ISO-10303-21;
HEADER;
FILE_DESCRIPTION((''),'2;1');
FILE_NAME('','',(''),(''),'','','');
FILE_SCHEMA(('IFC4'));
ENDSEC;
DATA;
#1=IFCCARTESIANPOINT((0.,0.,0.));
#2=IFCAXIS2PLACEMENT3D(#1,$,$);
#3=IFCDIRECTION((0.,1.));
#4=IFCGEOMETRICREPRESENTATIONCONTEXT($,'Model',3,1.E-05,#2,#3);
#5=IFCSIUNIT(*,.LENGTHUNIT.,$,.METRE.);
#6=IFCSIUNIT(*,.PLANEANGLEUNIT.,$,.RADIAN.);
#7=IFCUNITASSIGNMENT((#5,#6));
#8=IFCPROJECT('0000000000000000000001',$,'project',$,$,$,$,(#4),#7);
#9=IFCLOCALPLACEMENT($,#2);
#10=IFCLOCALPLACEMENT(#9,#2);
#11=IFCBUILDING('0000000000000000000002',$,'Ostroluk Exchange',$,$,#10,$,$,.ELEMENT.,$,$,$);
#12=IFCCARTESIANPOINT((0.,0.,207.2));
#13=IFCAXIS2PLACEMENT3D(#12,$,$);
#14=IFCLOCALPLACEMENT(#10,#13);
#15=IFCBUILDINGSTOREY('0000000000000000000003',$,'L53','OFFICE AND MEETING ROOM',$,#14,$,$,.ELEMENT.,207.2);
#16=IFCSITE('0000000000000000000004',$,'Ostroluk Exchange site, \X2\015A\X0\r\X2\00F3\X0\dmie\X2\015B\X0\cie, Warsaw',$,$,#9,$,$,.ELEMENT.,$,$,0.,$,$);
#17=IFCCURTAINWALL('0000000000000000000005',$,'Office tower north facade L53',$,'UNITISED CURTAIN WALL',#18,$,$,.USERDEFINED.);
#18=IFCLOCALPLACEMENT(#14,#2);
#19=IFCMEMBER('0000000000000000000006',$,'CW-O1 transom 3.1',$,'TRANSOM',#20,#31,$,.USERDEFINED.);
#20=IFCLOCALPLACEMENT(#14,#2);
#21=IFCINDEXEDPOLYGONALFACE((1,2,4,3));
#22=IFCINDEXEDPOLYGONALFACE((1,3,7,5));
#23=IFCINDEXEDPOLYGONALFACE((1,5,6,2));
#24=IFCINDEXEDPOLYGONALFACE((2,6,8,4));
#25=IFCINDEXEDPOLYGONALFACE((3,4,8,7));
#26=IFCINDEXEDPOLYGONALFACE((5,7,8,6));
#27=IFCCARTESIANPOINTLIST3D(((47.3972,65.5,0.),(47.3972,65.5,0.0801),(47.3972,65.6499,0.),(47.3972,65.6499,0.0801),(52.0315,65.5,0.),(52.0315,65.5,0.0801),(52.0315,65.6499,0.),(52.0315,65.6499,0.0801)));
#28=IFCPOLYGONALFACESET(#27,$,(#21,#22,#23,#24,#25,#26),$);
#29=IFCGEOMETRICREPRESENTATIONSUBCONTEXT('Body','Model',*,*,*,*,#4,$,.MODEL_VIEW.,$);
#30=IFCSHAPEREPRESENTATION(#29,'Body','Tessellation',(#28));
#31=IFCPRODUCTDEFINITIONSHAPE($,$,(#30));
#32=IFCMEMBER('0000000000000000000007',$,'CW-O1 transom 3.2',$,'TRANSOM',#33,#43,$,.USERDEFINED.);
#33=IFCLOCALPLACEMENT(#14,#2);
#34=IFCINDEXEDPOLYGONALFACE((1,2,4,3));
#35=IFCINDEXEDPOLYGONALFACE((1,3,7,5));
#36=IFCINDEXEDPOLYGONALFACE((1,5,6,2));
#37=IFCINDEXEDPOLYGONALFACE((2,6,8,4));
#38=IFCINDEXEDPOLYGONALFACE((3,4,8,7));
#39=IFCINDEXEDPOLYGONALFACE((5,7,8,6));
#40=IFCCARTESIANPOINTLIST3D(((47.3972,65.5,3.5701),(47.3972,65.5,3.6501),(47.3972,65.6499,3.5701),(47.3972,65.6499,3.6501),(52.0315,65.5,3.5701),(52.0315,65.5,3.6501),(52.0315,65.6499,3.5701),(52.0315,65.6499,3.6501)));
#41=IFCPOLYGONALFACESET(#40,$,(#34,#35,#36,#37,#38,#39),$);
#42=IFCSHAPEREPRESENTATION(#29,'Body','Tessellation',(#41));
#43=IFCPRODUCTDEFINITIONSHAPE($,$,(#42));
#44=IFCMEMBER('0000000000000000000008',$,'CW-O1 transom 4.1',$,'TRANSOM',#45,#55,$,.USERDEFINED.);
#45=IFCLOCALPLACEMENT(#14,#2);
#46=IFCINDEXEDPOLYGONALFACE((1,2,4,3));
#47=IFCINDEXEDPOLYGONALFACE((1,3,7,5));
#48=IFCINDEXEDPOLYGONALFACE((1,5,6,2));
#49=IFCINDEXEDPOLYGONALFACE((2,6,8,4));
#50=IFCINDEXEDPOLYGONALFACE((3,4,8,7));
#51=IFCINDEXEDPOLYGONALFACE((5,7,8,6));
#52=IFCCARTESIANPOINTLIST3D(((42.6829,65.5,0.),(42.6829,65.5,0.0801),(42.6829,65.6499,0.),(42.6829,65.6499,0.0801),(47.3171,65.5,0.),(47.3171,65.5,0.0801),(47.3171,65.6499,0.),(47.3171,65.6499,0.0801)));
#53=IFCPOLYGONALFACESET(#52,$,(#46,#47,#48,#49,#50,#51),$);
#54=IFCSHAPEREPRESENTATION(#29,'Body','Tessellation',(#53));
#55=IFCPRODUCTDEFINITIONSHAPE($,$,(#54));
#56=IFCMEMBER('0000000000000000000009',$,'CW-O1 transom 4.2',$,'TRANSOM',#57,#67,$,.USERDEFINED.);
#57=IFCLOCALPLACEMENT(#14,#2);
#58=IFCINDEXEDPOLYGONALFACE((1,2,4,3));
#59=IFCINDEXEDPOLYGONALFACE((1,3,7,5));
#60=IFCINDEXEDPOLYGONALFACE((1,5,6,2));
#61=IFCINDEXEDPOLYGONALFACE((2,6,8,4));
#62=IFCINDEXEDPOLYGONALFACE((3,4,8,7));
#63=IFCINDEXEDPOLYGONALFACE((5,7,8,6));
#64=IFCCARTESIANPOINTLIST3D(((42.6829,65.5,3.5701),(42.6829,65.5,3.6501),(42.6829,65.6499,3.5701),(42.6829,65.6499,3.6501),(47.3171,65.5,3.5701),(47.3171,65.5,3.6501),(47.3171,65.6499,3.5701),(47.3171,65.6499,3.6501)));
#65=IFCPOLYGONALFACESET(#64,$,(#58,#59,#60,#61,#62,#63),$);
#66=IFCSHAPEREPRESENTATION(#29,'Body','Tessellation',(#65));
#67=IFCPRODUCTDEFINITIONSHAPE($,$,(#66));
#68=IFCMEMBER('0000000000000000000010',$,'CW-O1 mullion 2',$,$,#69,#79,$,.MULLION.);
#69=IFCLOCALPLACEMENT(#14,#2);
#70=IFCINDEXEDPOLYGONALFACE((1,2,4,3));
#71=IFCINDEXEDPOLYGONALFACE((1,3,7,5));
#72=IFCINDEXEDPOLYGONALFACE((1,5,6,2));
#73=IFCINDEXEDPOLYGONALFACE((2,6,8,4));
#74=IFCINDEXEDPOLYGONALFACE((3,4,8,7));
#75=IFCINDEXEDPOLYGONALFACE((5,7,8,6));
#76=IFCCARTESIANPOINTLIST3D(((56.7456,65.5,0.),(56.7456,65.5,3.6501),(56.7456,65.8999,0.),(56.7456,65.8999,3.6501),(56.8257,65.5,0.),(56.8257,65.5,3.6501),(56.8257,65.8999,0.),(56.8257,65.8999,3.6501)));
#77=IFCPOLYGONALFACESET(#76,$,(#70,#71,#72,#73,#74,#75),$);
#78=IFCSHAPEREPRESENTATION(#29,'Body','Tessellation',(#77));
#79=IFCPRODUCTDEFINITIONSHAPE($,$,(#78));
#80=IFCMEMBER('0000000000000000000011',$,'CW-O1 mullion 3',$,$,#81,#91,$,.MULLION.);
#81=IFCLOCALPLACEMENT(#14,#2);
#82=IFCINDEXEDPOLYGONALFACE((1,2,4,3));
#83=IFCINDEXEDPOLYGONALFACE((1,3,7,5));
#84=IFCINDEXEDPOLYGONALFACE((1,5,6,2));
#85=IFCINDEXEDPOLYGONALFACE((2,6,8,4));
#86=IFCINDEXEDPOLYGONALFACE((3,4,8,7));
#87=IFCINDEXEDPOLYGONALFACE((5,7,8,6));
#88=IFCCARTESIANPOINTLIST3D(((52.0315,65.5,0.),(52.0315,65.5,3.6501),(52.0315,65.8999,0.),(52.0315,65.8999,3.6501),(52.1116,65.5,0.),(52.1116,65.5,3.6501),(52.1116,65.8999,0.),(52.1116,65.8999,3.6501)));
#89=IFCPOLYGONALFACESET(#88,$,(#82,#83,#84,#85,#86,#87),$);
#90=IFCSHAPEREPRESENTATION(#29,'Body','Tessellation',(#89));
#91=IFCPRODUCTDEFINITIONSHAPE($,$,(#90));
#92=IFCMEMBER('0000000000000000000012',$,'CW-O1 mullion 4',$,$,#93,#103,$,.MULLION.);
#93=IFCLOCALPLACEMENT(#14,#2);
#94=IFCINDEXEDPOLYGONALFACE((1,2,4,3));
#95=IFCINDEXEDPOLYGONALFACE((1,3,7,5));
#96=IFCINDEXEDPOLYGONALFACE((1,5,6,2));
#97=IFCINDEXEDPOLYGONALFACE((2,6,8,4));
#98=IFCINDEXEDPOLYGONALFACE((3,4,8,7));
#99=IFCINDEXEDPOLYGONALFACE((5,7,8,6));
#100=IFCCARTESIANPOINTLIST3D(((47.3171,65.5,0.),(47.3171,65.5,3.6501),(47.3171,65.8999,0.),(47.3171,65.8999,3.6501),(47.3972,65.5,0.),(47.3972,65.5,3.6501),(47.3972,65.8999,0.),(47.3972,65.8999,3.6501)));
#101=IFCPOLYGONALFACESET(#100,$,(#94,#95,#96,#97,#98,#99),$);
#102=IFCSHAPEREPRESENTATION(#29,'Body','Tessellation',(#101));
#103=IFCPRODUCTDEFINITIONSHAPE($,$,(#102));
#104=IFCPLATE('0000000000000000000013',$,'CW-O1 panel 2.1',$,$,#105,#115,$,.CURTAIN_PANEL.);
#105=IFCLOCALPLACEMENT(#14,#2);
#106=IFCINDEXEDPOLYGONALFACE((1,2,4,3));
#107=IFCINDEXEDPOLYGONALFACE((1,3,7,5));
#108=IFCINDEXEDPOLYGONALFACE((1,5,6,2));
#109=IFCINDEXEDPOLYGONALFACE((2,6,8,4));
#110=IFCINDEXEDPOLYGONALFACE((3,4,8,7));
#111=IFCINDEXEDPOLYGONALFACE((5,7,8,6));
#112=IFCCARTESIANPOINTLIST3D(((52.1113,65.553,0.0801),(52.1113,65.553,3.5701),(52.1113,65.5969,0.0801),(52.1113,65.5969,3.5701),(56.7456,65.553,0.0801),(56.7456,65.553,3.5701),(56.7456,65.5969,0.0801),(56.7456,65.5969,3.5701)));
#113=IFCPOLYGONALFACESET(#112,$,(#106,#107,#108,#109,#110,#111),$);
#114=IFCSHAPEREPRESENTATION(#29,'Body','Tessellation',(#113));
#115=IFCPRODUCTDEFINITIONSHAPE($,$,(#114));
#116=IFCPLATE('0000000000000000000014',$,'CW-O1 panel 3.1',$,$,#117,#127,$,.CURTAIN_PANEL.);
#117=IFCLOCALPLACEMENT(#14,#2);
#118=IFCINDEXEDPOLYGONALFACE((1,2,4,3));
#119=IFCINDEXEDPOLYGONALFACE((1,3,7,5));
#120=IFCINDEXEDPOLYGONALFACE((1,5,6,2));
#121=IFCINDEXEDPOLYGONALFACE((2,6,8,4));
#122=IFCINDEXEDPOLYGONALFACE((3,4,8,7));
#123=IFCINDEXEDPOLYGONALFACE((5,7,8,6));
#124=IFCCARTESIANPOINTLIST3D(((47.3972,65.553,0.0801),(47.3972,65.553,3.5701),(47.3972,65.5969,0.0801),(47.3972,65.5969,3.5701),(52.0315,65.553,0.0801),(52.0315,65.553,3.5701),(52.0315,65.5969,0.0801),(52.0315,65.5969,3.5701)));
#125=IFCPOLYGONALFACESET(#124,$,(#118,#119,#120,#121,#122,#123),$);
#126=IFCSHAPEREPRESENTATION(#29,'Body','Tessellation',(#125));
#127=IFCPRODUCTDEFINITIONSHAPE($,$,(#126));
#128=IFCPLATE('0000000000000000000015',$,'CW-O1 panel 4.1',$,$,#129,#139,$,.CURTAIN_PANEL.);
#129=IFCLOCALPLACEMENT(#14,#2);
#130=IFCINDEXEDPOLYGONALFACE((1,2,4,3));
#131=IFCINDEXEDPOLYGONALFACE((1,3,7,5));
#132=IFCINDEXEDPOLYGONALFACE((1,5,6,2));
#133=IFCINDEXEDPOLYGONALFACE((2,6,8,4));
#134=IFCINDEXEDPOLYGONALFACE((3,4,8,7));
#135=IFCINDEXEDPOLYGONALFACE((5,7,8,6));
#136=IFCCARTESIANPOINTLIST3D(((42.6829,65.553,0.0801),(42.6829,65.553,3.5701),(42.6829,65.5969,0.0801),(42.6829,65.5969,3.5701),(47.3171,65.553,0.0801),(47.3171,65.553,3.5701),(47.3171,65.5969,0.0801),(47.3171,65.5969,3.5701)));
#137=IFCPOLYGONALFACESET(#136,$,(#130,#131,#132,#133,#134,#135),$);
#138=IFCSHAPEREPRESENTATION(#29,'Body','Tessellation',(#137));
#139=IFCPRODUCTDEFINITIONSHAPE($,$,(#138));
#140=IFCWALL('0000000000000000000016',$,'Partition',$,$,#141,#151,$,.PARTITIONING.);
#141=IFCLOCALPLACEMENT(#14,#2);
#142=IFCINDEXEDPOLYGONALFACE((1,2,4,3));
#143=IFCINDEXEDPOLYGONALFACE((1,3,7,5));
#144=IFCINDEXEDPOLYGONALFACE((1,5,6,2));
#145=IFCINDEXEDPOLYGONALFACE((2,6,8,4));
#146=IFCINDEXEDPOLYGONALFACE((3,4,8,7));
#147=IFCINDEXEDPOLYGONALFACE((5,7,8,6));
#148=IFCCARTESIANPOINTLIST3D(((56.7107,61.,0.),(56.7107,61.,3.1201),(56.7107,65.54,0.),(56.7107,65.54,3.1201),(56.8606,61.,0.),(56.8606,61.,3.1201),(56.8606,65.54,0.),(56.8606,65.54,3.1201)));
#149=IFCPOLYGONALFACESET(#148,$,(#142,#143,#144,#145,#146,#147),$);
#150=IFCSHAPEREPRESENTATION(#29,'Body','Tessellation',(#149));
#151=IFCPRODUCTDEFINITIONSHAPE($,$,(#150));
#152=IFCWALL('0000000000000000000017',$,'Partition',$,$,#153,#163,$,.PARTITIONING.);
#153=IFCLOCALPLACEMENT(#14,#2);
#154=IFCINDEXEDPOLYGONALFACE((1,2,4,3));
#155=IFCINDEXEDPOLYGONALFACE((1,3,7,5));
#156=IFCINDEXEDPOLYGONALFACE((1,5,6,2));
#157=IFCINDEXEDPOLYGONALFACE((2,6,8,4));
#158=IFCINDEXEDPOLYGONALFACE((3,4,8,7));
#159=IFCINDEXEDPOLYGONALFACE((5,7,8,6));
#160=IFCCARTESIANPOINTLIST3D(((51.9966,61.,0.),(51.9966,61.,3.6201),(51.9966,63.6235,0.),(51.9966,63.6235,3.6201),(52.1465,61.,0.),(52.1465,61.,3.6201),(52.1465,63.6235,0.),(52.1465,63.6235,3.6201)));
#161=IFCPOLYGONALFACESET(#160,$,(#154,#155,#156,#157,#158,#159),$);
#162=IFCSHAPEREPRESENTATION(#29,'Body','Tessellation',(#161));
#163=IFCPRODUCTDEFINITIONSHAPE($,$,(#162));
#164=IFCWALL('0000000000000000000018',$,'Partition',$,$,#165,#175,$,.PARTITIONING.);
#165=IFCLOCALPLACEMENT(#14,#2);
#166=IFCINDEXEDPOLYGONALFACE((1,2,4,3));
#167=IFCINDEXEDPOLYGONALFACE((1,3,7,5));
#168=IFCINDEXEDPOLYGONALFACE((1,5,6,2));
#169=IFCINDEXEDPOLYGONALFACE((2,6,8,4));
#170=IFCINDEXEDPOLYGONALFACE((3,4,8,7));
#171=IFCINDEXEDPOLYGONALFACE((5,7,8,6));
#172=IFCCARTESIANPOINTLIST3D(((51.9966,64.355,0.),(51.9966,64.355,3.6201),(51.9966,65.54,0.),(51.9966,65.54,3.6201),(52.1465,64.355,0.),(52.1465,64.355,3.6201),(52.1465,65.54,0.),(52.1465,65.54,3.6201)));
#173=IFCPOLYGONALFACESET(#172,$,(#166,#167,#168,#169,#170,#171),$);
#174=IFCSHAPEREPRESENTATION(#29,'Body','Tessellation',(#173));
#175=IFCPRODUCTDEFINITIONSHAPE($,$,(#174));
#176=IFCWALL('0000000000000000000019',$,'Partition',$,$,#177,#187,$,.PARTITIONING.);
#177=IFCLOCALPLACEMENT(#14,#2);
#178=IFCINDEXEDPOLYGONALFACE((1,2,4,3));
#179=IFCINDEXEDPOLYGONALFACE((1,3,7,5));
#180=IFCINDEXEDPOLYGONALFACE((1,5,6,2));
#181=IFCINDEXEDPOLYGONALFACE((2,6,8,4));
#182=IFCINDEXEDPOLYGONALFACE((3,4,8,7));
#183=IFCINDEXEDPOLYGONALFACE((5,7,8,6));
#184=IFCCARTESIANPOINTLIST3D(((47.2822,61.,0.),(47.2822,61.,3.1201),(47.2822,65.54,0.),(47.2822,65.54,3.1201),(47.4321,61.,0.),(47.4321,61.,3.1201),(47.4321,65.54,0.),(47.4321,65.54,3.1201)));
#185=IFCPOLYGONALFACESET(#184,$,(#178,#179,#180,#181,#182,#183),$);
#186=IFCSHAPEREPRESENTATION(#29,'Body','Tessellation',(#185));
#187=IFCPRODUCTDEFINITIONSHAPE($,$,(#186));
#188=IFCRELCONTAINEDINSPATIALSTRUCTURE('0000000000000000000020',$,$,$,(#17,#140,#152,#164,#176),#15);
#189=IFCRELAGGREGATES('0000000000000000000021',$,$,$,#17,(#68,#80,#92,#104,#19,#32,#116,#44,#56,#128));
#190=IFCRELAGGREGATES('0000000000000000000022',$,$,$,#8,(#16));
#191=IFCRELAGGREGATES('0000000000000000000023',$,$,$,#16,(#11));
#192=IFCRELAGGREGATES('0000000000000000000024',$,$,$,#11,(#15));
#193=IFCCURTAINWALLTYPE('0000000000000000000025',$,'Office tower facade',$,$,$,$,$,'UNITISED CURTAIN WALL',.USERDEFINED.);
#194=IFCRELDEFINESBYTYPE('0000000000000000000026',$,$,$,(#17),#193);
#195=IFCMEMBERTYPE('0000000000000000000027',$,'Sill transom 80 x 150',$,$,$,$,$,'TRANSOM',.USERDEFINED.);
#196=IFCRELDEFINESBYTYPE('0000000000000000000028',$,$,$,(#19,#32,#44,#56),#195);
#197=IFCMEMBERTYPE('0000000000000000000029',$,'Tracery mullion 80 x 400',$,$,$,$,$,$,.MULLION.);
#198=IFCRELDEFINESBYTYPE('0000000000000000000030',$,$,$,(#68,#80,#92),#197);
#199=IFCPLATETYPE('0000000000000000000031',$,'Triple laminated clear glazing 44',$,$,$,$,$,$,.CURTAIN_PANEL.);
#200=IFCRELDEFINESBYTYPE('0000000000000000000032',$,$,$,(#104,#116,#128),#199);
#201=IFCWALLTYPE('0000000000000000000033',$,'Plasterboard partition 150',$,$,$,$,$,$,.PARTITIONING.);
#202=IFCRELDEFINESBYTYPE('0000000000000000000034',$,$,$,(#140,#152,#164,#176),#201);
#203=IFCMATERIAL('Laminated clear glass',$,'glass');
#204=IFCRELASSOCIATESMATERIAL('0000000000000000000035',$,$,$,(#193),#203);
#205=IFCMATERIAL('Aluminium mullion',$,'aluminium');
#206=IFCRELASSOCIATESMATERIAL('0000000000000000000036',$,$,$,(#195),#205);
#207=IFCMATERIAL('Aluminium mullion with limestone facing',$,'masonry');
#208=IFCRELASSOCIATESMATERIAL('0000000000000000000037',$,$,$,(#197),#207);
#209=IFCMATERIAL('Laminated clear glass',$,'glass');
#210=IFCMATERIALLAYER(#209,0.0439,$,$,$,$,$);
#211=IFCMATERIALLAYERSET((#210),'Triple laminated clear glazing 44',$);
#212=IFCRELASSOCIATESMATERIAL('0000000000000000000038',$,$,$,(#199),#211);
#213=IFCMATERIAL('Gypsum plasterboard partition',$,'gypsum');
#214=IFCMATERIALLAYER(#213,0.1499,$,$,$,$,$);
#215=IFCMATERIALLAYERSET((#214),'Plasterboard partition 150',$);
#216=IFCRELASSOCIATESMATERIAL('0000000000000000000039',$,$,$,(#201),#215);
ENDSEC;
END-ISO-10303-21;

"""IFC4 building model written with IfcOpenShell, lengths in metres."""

from ifc_helpers import new_model, si_unit, direction, frame, frame_2d, origin, origin_2d, place, context, subcontext, project, spatial, rectangle, extrude, material, layer, layer_set, material_profile, profile_set, type_object, element, aggregate, save


model = new_model("IFC4")

# Units and contexts
model_context = context("Model", 3, precision=1e-05, world=origin(), true_north=direction((0.0, 1.0)))
body_context = subcontext(model_context, "Body", "Model", "MODEL_VIEW")
ifc_project = project(units=[si_unit("LENGTHUNIT", "METRE"), si_unit("PLANEANGLEUNIT", "RADIAN")], contexts=[model_context])

# Site, building, storey
site_placement = place(None, origin())
site = spatial("IfcSite", under=ifc_project, at=site_placement, Name="Ostroluk Exchange site, Śródmieście, Warsaw", CompositionType="ELEMENT", RefElevation=0.0)
building_placement = place(site_placement, origin())
building = spatial("IfcBuilding", under=site, at=building_placement, Name="Ostroluk Exchange", CompositionType="ELEMENT")
storey_placement = place(building_placement, frame((0.0, 0.0, 207.2)))
storey = spatial("IfcBuildingStorey", under=building, at=storey_placement, Name="L53", Description="OFFICE AND MEETING ROOM", CompositionType="ELEMENT", Elevation=207.2)

# Curtain wall, members, plates
ifc_material_1 = material(Name="Laminated clear glass", Category="glass")
curtain_wall_type = type_object("IfcCurtainWallType", Name="Office tower facade", ElementType="UNITISED CURTAIN WALL", PredefinedType="USERDEFINED", material=ifc_material_1)
curtain_wall_placement = place(storey_placement, origin())
curtain_wall = element("IfcCurtainWall", 1, at=curtain_wall_placement, inside=storey, type_object=curtain_wall_type, Name="Office tower north facade L53", ObjectType="UNITISED CURTAIN WALL", PredefinedType="USERDEFINED")
ifc_material_2 = material(Name="Aluminium mullion", Category="aluminium")
ifc_material_profile_1 = material_profile(ifc_material_2, rectangle(XDim=0.1499, YDim=0.0801, at=origin_2d()), Name="Sill transom 80 x 150")
ifc_profile_set_1 = profile_set([ifc_material_profile_1], Name="Aluminium mullion")
member_type_1 = type_object("IfcMemberType", Name="Sill transom 80 x 150", ElementType="TRANSOM", PredefinedType="USERDEFINED", material=ifc_profile_set_1)
member_1_placement = place(storey_placement, frame((52.0315, 65.575, 0.04), z_axis=(-1.0, 0.0, 0.0), x_axis=(0.0, -1.0, 0.0)))
member_1 = element("IfcMember", 2, at=member_1_placement, type_object=member_type_1, Name="CW-O1 transom 3.1", ObjectType="TRANSOM", PredefinedType="USERDEFINED", context=body_context, shape_type="SweptSolid", body=[
    extrude(rectangle(XDim=0.1499, YDim=0.0801, at=origin_2d()), origin(), (0.0, 0.0, 1.0), 4.6343),
])
member_2_placement = place(storey_placement, frame((52.0315, 65.575, 3.6101), z_axis=(-1.0, 0.0, 0.0), x_axis=(0.0, -1.0, 0.0)))
member_2 = element("IfcMember", 3, at=member_2_placement, type_object=member_type_1, Name="CW-O1 transom 3.2", ObjectType="TRANSOM", PredefinedType="USERDEFINED", context=body_context, shape_type="SweptSolid", body=[
    extrude(rectangle(XDim=0.1499, YDim=0.0801, at=origin_2d()), origin(), (0.0, 0.0, 1.0), 4.6343),
])
member_3_placement = place(storey_placement, frame((47.3171, 65.575, 0.04), z_axis=(-1.0, 0.0, 0.0), x_axis=(0.0, -1.0, 0.0)))
member_3 = element("IfcMember", 4, at=member_3_placement, type_object=member_type_1, Name="CW-O1 transom 4.1", ObjectType="TRANSOM", PredefinedType="USERDEFINED", context=body_context, shape_type="SweptSolid", body=[
    extrude(rectangle(XDim=0.1499, YDim=0.0801, at=origin_2d()), origin(), (0.0, 0.0, 1.0), 4.6343),
])
member_4_placement = place(storey_placement, frame((47.3171, 65.575, 3.6101), z_axis=(-1.0, 0.0, 0.0), x_axis=(0.0, -1.0, 0.0)))
member_4 = element("IfcMember", 5, at=member_4_placement, type_object=member_type_1, Name="CW-O1 transom 4.2", ObjectType="TRANSOM", PredefinedType="USERDEFINED", context=body_context, shape_type="SweptSolid", body=[
    extrude(rectangle(XDim=0.1499, YDim=0.0801, at=origin_2d()), origin(), (0.0, 0.0, 1.0), 4.6343),
])
ifc_material_3 = material(Name="Aluminium mullion with limestone facing", Category="masonry")
ifc_material_profile_2 = material_profile(ifc_material_3, rectangle(XDim=0.3999, YDim=0.0801, at=origin_2d()), Name="Tracery mullion 80 x 400")
ifc_profile_set_2 = profile_set([ifc_material_profile_2], Name="Aluminium mullion with limestone facing")
member_type_2 = type_object("IfcMemberType", Name="Tracery mullion 80 x 400", PredefinedType="MULLION", material=ifc_profile_set_2)
member_5_placement = place(storey_placement, frame((56.7856, 65.7, 0.0), z_axis=(0.0, 0.0, 1.0), x_axis=(0.0, -1.0, 0.0)))
member_5 = element("IfcMember", 6, at=member_5_placement, type_object=member_type_2, Name="CW-O1 mullion 2", PredefinedType="MULLION", context=body_context, shape_type="SweptSolid", body=[
    extrude(rectangle(XDim=0.3999, YDim=0.0801, at=origin_2d()), origin(), (0.0, 0.0, 1.0), 3.6501),
])
member_6_placement = place(storey_placement, frame((52.0715, 65.7, 0.0), z_axis=(0.0, 0.0, 1.0), x_axis=(0.0, -1.0, 0.0)))
member_6 = element("IfcMember", 7, at=member_6_placement, type_object=member_type_2, Name="CW-O1 mullion 3", PredefinedType="MULLION", context=body_context, shape_type="SweptSolid", body=[
    extrude(rectangle(XDim=0.3999, YDim=0.0801, at=origin_2d()), origin(), (0.0, 0.0, 1.0), 3.6501),
])
member_7_placement = place(storey_placement, frame((47.3572, 65.7, 0.0), z_axis=(0.0, 0.0, 1.0), x_axis=(0.0, -1.0, 0.0)))
member_7 = element("IfcMember", 8, at=member_7_placement, type_object=member_type_2, Name="CW-O1 mullion 4", PredefinedType="MULLION", context=body_context, shape_type="SweptSolid", body=[
    extrude(rectangle(XDim=0.3999, YDim=0.0801, at=origin_2d()), origin(), (0.0, 0.0, 1.0), 3.6501),
])
ifc_material_4 = material(Name="Laminated clear glass", Category="glass")
ifc_layer_1 = layer(ifc_material_4, 0.0439)
ifc_layer_set_1 = layer_set([ifc_layer_1], Name="Triple laminated clear glazing 44")
plate_type = type_object("IfcPlateType", Name="Triple laminated clear glazing 44", PredefinedType="CURTAIN_PANEL", material=ifc_layer_set_1)
plate_1_placement = place(storey_placement, frame((54.4285, 65.575, 0.0801), z_axis=(0.0, 0.0, 1.0), x_axis=(-1.0, 0.0, 0.0)))
plate_1 = element("IfcPlate", 9, at=plate_1_placement, type_object=plate_type, Name="CW-O1 panel 2.1", PredefinedType="CURTAIN_PANEL", context=body_context, shape_type="SweptSolid", body=[
    extrude(rectangle(XDim=4.6343, YDim=0.0439, at=origin_2d()), origin(), (0.0, 0.0, 1.0), 3.49),
])
plate_2_placement = place(storey_placement, frame((49.7144, 65.575, 0.0801), z_axis=(0.0, 0.0, 1.0), x_axis=(-1.0, 0.0, 0.0)))
plate_2 = element("IfcPlate", 10, at=plate_2_placement, type_object=plate_type, Name="CW-O1 panel 3.1", PredefinedType="CURTAIN_PANEL", context=body_context, shape_type="SweptSolid", body=[
    extrude(rectangle(XDim=4.6343, YDim=0.0439, at=origin_2d()), origin(), (0.0, 0.0, 1.0), 3.49),
])
plate_3_placement = place(storey_placement, frame((45.0, 65.575, 0.0801), z_axis=(0.0, 0.0, 1.0), x_axis=(-1.0, 0.0, 0.0)))
plate_3 = element("IfcPlate", 11, at=plate_3_placement, type_object=plate_type, Name="CW-O1 panel 4.1", PredefinedType="CURTAIN_PANEL", context=body_context, shape_type="SweptSolid", body=[
    extrude(rectangle(XDim=4.6343, YDim=0.0439, at=origin_2d()), origin(), (0.0, 0.0, 1.0), 3.49),
])
aggregate(curtain_wall, [member_5, member_6, member_7, plate_1, member_1, member_2, plate_2, member_3, member_4, plate_3])

# Walls
ifc_material_5 = material(Name="Gypsum plasterboard partition", Category="gypsum")
ifc_layer_2 = layer(ifc_material_5, 0.1499)
ifc_layer_set_2 = layer_set([ifc_layer_2], Name="Plasterboard partition 150")
wall_type = type_object("IfcWallType", Name="Plasterboard partition 150", PredefinedType="PARTITIONING", material=ifc_layer_set_2)
wall_1_placement = place(storey_placement, frame((56.7856, 61.0, 0.0), z_axis=(0.0, 0.0, 1.0), x_axis=(0.0, 1.0, 0.0)))
element("IfcWall", 12, at=wall_1_placement, inside=storey, type_object=wall_type, Name="Partition", PredefinedType="PARTITIONING", context=body_context, shape_type="SweptSolid", body=[
    extrude(rectangle(XDim=4.54, YDim=0.1499, at=frame_2d((2.27, 0.0))), origin(), (0.0, 0.0, 1.0), 3.1201),
])
wall_2_placement = place(storey_placement, frame((52.0715, 61.0, 0.0), z_axis=(0.0, 0.0, 1.0), x_axis=(0.0, 1.0, 0.0)))
element("IfcWall", 13, at=wall_2_placement, inside=storey, type_object=wall_type, Name="Partition", PredefinedType="PARTITIONING", context=body_context, shape_type="SweptSolid", body=[
    extrude(rectangle(XDim=2.6235, YDim=0.1499, at=frame_2d((1.3118, 0.0))), origin(), (0.0, 0.0, 1.0), 3.6201),
])
wall_3_placement = place(storey_placement, frame((52.0715, 64.355, 0.0), z_axis=(0.0, 0.0, 1.0), x_axis=(0.0, 1.0, 0.0)))
element("IfcWall", 14, at=wall_3_placement, inside=storey, type_object=wall_type, Name="Partition", PredefinedType="PARTITIONING", context=body_context, shape_type="SweptSolid", body=[
    extrude(rectangle(XDim=1.1851, YDim=0.1499, at=frame_2d((0.5925, 0.0))), origin(), (0.0, 0.0, 1.0), 3.6201),
])
wall_4_placement = place(storey_placement, frame((47.3572, 61.0, 0.0), z_axis=(0.0, 0.0, 1.0), x_axis=(0.0, 1.0, 0.0)))
element("IfcWall", 15, at=wall_4_placement, inside=storey, type_object=wall_type, Name="Partition", PredefinedType="PARTITIONING", context=body_context, shape_type="SweptSolid", body=[
    extrude(rectangle(XDim=4.54, YDim=0.1499, at=frame_2d((2.27, 0.0))), origin(), (0.0, 0.0, 1.0), 3.1201),
])

save(model, "model.ifc")
